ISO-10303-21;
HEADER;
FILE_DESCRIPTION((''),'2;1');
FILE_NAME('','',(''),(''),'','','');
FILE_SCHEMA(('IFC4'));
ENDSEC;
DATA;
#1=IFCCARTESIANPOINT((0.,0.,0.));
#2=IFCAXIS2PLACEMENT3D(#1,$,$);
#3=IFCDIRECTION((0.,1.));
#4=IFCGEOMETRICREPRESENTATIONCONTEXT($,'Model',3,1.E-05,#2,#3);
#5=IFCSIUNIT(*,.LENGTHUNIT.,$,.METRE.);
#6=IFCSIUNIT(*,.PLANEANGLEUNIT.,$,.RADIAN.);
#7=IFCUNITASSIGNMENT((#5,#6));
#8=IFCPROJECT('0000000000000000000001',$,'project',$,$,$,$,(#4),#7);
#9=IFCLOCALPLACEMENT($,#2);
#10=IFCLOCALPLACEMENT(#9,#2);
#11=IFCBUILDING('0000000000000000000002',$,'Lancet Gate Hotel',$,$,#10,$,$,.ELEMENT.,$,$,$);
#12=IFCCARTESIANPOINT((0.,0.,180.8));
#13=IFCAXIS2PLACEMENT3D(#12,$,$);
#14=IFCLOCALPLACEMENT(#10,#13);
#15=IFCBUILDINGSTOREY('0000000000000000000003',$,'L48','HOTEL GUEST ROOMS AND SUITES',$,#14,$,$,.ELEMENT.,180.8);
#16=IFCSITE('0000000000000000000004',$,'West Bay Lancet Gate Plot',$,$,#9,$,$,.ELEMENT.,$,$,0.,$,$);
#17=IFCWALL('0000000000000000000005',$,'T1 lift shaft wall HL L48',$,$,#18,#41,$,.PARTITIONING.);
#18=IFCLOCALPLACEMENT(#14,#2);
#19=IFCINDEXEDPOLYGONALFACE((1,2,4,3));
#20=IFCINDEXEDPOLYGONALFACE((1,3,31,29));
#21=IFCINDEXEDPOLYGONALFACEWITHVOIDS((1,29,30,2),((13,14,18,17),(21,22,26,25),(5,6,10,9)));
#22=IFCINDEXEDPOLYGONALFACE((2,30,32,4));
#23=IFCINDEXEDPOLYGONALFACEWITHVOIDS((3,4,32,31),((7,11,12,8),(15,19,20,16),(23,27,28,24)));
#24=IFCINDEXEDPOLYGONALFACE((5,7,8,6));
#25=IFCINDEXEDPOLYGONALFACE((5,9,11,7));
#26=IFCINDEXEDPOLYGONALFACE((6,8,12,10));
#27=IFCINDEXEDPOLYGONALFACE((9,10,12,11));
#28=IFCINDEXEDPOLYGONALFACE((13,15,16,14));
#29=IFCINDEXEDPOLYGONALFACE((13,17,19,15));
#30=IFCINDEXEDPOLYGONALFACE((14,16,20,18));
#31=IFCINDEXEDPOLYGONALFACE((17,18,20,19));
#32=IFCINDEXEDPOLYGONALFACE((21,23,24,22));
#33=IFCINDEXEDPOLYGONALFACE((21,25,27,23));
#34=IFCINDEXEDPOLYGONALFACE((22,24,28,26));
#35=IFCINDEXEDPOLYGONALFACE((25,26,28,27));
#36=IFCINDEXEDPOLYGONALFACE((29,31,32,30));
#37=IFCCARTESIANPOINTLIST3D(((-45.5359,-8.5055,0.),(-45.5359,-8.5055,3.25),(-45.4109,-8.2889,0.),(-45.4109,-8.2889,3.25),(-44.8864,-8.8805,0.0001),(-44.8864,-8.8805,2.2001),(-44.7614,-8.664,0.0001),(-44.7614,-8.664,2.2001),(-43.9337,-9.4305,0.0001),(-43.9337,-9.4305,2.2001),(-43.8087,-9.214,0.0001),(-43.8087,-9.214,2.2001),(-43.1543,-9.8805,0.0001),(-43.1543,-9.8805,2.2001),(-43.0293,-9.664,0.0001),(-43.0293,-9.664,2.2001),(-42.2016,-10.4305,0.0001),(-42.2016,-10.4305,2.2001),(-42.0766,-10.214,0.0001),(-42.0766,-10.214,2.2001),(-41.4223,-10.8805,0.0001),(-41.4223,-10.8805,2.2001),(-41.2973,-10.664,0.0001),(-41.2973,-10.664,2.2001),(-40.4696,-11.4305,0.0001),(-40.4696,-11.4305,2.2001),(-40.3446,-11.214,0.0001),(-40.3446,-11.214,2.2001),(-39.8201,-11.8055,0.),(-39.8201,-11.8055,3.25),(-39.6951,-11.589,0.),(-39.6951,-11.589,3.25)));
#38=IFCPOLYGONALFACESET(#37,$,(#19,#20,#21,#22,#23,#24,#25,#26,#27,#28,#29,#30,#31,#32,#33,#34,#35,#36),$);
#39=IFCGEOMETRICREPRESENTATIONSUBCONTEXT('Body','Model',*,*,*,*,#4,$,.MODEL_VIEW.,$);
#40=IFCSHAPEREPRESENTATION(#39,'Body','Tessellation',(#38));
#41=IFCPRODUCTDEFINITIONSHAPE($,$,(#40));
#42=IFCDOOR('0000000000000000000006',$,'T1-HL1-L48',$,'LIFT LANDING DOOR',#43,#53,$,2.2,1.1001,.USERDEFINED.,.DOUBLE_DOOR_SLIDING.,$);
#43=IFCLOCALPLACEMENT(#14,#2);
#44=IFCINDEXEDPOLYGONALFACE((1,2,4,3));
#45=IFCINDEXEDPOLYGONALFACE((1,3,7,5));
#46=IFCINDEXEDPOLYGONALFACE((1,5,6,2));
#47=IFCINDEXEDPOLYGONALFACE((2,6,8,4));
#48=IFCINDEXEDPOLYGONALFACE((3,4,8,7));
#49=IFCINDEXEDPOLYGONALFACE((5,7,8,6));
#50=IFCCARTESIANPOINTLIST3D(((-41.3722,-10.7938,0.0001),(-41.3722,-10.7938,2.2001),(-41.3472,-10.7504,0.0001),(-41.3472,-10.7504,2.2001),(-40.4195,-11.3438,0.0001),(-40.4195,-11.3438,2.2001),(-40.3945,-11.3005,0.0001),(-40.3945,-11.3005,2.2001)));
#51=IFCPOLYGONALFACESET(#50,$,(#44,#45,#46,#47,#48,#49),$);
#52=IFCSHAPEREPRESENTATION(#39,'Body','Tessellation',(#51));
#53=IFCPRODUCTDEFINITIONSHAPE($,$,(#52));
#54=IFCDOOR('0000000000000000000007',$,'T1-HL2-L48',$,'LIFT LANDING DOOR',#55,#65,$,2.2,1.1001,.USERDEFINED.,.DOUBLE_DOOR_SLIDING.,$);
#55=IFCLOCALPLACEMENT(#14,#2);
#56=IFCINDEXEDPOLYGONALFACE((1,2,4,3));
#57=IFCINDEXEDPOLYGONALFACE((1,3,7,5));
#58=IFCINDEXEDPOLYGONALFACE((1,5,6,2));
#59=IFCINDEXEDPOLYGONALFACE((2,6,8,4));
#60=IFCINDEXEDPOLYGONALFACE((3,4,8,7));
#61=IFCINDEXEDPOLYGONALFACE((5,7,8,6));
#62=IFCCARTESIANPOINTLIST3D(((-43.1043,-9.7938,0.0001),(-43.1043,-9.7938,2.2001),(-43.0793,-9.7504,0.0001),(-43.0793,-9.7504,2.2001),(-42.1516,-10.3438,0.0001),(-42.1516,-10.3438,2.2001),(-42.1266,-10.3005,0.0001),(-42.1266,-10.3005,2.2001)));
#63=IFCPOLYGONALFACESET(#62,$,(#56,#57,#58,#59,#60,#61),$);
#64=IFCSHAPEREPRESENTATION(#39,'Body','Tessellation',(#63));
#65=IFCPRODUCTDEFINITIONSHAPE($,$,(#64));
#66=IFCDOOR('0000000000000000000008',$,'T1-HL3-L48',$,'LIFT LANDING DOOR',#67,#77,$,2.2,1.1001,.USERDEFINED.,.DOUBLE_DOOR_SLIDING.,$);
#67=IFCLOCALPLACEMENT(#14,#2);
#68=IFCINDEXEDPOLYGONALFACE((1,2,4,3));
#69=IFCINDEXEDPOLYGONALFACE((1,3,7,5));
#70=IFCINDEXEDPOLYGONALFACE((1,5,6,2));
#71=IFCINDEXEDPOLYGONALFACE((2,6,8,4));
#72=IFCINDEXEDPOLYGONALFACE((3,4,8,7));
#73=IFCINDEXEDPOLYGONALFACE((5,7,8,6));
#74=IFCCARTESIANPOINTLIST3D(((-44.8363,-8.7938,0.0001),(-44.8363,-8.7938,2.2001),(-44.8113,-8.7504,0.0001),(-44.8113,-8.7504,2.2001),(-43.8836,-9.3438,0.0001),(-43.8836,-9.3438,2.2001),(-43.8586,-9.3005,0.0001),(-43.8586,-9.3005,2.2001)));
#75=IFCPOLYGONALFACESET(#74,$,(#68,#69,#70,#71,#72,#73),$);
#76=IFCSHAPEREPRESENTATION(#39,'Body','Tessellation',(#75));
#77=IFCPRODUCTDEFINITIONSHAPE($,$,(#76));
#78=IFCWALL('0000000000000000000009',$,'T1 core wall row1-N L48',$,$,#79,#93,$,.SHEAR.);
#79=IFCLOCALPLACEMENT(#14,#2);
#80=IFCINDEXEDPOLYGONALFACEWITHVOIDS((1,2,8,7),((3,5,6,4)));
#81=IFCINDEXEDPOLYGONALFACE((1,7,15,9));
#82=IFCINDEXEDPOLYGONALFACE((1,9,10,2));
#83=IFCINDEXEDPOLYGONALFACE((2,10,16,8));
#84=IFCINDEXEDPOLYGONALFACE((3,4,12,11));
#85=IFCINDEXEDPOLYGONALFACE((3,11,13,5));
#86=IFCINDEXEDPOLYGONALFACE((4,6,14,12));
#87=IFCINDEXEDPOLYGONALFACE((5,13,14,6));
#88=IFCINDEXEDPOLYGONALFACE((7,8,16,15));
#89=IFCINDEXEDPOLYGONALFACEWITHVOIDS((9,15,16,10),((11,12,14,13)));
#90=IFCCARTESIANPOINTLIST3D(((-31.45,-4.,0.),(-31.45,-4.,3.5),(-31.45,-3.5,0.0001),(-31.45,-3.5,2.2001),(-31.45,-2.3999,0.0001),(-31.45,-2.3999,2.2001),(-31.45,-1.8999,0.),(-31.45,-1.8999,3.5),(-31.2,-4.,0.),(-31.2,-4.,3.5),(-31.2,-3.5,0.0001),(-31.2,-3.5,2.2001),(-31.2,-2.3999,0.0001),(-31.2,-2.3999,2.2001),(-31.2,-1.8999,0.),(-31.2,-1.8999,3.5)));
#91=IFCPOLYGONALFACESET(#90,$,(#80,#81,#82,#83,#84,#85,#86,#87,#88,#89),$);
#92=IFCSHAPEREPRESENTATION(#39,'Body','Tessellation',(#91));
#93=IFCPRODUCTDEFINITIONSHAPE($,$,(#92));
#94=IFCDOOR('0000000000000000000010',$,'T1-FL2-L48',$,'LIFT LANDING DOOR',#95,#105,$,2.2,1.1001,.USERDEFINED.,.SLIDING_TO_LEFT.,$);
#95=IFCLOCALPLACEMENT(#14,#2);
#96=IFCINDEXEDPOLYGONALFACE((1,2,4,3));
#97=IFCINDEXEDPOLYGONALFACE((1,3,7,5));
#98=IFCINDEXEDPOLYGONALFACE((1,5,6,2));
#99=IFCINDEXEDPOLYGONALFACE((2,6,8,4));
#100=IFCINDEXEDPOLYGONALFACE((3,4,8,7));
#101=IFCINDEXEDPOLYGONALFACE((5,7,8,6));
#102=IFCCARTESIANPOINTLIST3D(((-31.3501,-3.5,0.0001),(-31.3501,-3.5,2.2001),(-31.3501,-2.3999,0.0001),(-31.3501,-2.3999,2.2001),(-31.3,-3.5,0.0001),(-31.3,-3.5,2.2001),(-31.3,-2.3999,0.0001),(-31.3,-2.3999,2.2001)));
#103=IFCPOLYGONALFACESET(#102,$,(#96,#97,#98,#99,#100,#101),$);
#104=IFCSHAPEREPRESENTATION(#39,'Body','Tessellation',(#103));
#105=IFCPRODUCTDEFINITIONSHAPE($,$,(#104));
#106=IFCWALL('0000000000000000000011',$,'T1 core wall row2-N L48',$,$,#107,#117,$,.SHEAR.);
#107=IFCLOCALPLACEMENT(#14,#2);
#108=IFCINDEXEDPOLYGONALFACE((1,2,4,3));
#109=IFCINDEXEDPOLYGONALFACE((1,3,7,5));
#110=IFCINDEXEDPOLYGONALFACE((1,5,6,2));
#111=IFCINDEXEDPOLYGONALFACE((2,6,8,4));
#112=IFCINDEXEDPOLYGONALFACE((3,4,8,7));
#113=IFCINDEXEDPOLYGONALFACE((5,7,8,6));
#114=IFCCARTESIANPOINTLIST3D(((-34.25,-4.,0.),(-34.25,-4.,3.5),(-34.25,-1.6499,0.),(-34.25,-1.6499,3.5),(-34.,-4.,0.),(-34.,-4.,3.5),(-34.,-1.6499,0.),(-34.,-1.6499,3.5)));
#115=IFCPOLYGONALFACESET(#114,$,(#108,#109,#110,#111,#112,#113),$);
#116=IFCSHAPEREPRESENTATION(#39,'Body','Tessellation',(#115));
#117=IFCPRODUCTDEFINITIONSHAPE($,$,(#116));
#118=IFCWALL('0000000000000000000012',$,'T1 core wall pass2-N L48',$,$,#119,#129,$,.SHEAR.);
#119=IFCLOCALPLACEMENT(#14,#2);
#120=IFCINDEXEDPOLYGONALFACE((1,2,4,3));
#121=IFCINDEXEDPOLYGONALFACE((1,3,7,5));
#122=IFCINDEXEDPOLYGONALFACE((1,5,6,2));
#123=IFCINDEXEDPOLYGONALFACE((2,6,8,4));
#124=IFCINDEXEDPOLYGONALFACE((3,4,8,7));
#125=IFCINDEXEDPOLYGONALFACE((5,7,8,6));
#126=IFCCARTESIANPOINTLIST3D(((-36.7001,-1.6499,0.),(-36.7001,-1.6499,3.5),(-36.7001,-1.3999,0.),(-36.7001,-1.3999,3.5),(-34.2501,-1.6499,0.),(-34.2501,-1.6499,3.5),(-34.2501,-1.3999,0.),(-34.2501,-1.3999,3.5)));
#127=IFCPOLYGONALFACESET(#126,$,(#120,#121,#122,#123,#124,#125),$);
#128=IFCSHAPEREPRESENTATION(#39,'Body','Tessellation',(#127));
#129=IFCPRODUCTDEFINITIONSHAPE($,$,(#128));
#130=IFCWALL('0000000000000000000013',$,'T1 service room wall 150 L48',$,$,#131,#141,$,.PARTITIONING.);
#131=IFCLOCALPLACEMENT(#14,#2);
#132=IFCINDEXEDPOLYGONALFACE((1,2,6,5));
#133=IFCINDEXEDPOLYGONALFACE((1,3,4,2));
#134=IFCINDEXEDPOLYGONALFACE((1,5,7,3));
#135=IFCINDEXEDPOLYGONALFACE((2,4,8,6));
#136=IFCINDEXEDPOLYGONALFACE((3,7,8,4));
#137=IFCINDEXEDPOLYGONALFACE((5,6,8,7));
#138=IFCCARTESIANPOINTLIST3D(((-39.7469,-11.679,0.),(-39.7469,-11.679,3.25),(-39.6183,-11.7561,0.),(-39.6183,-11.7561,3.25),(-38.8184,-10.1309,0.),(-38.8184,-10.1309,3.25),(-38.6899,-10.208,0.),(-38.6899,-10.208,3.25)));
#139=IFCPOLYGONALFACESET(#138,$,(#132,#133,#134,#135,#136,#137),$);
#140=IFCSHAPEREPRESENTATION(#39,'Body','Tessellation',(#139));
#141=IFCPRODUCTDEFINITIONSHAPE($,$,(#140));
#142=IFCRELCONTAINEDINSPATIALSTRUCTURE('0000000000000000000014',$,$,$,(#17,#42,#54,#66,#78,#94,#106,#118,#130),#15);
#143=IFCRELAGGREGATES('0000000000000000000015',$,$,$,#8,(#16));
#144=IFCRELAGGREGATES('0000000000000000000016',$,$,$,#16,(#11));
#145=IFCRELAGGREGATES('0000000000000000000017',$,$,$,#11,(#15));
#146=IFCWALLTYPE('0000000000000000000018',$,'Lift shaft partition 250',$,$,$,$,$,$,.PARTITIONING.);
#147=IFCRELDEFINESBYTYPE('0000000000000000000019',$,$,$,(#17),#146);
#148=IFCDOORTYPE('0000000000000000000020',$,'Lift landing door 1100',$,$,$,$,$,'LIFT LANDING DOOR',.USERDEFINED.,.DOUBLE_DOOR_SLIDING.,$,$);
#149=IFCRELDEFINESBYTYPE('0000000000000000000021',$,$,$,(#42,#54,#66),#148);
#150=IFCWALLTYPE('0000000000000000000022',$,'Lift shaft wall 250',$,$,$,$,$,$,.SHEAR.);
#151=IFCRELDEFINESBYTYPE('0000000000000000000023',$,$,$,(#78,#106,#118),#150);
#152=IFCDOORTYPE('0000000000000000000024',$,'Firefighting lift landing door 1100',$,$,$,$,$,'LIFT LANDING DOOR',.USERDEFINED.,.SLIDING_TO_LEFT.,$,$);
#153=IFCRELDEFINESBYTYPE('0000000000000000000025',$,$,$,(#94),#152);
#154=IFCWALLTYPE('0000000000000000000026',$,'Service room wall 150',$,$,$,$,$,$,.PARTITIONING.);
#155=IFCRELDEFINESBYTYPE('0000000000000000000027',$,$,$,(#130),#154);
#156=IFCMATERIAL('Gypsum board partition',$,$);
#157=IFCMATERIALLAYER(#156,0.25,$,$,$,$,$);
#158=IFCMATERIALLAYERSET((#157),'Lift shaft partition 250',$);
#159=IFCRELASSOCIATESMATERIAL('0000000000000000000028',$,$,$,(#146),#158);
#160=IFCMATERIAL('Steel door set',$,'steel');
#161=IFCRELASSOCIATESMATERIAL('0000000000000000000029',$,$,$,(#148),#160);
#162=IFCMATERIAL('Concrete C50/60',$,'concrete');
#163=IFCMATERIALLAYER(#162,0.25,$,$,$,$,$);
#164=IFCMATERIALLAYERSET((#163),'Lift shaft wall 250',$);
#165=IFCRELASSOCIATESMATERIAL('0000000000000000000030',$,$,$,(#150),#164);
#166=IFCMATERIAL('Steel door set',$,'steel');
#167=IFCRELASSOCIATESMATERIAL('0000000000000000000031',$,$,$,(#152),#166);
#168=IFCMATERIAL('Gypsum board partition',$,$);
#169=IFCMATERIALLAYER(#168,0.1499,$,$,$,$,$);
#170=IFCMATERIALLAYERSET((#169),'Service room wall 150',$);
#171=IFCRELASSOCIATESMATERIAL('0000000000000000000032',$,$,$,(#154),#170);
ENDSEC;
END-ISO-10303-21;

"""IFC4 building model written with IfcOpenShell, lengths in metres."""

from ifc_helpers import new_model, si_unit, direction, frame, frame_2d, origin, place, context, subcontext, project, spatial, rectangle, extrude, material, layer, layer_set, type_object, element, fill, save


model = new_model("IFC4")

# Units and contexts
model_context = context("Model", 3, precision=1e-05, world=origin(), true_north=direction((0.0, 1.0)))
body_context = subcontext(model_context, "Body", "Model", "MODEL_VIEW")
ifc_project = project(units=[si_unit("LENGTHUNIT", "METRE"), si_unit("PLANEANGLEUNIT", "RADIAN")], contexts=[model_context])

# Site, building, storey
site_placement = place(None, origin())
site = spatial("IfcSite", under=ifc_project, at=site_placement, Name="West Bay Lancet Gate Plot", CompositionType="ELEMENT", RefElevation=0.0)
building_placement = place(site_placement, origin())
building = spatial("IfcBuilding", under=site, at=building_placement, Name="Lancet Gate Hotel", CompositionType="ELEMENT")
storey_placement = place(building_placement, frame((0.0, 0.0, 180.8)))
storey = spatial("IfcBuildingStorey", under=building, at=storey_placement, Name="L48", Description="HOTEL GUEST ROOMS AND SUITES", CompositionType="ELEMENT", Elevation=180.8)

# Wall, openings, doors
ifc_material_1 = material(Name="Gypsum board partition")
ifc_layer_1 = layer(ifc_material_1, 0.25)
ifc_layer_set_1 = layer_set([ifc_layer_1], Name="Lift shaft partition 250")
wall_type_1 = type_object("IfcWallType", Name="Lift shaft partition 250", PredefinedType="PARTITIONING", material=ifc_layer_set_1)
wall_1_placement = place(storey_placement, frame((-39.7576, -11.6973, 0.0), z_axis=(0.0, 0.0, 1.0), x_axis=(-0.866024, 0.500002, 0.0)))
wall_1 = element("IfcWall", 1, at=wall_1_placement, inside=storey, type_object=wall_type_1, Name="T1 lift shaft wall HL L48", PredefinedType="PARTITIONING", context=body_context, shape_type="SweptSolid", body=[
    extrude(rectangle(XDim=6.6001, YDim=0.25, at=frame_2d((3.3, 0.0))), origin(), (0.0, 0.0, 1.0), 3.25),
])
opening_1_placement = place(wall_1_placement, frame((0.75, 0.0, 0.0)))
opening_1 = element("IfcOpeningElement", 2, at=opening_1_placement, cuts=wall_1, PredefinedType="OPENING", context=body_context, shape_type="SweptSolid", body=[
    extrude(rectangle(XDim=1.1001, YDim=2.2, at=frame_2d((0.55, 1.1001))), frame((0.0, 0.135, 0.0), z_axis=(0.0, -1.0, 0.0), x_axis=(1.0, 0.0, 0.0)), (0.0, 0.0, 1.0), 0.27),
])
opening_2_placement = place(wall_1_placement, frame((2.75, 0.0, 0.0)))
opening_2 = element("IfcOpeningElement", 3, at=opening_2_placement, cuts=wall_1, PredefinedType="OPENING", context=body_context, shape_type="SweptSolid", body=[
    extrude(rectangle(XDim=1.1001, YDim=2.2, at=frame_2d((0.55, 1.1001))), frame((0.0, 0.135, 0.0), z_axis=(0.0, -1.0, 0.0), x_axis=(1.0, 0.0, 0.0)), (0.0, 0.0, 1.0), 0.27),
])
opening_3_placement = place(wall_1_placement, frame((4.75, 0.0, 0.0)))
opening_3 = element("IfcOpeningElement", 4, at=opening_3_placement, cuts=wall_1, PredefinedType="OPENING", context=body_context, shape_type="SweptSolid", body=[
    extrude(rectangle(XDim=1.1001, YDim=2.2, at=frame_2d((0.55, 1.1001))), frame((0.0, 0.135, 0.0), z_axis=(0.0, -1.0, 0.0), x_axis=(1.0, 0.0, 0.0)), (0.0, 0.0, 1.0), 0.27),
])
ifc_material_2 = material(Name="Steel door set", Category="steel")
door_type_1 = type_object("IfcDoorType", Name="Lift landing door 1100", ElementType="LIFT LANDING DOOR", OperationType="DOUBLE_DOOR_SLIDING", PredefinedType="USERDEFINED", material=ifc_material_2)
door_1_placement = place(opening_1_placement, origin())
door_1 = element("IfcDoor", 5, at=door_1_placement, inside=storey, type_object=door_type_1, Name="T1-HL1-L48", ObjectType="LIFT LANDING DOOR", OperationType="DOUBLE_DOOR_SLIDING", OverallHeight=2.2, OverallWidth=1.1001, PredefinedType="USERDEFINED", context=body_context, shape_type="SweptSolid", body=[
    extrude(rectangle(XDim=1.1001, YDim=2.2, at=frame_2d((0.55, 1.1001))), frame((0.0, 0.0249, 0.0), z_axis=(0.0, -1.0, 0.0), x_axis=(1.0, 0.0, 0.0)), (0.0, 0.0, 1.0), 0.05),
])
fill(opening_1, door_1)
door_2_placement = place(opening_2_placement, origin())
door_2 = element("IfcDoor", 6, at=door_2_placement, inside=storey, type_object=door_type_1, Name="T1-HL2-L48", ObjectType="LIFT LANDING DOOR", OperationType="DOUBLE_DOOR_SLIDING", OverallHeight=2.2, OverallWidth=1.1001, PredefinedType="USERDEFINED", context=body_context, shape_type="SweptSolid", body=[
    extrude(rectangle(XDim=1.1001, YDim=2.2, at=frame_2d((0.55, 1.1001))), frame((0.0, 0.0249, 0.0), z_axis=(0.0, -1.0, 0.0), x_axis=(1.0, 0.0, 0.0)), (0.0, 0.0, 1.0), 0.05),
])
fill(opening_2, door_2)
door_3_placement = place(opening_3_placement, origin())
door_3 = element("IfcDoor", 7, at=door_3_placement, inside=storey, type_object=door_type_1, Name="T1-HL3-L48", ObjectType="LIFT LANDING DOOR", OperationType="DOUBLE_DOOR_SLIDING", OverallHeight=2.2, OverallWidth=1.1001, PredefinedType="USERDEFINED", context=body_context, shape_type="SweptSolid", body=[
    extrude(rectangle(XDim=1.1001, YDim=2.2, at=frame_2d((0.55, 1.1001))), frame((0.0, 0.0249, 0.0), z_axis=(0.0, -1.0, 0.0), x_axis=(1.0, 0.0, 0.0)), (0.0, 0.0, 1.0), 0.05),
])
fill(opening_3, door_3)

# Wall, opening, door
ifc_material_3 = material(Name="Concrete C50/60", Category="concrete")
ifc_layer_2 = layer(ifc_material_3, 0.25)
ifc_layer_set_2 = layer_set([ifc_layer_2], Name="Lift shaft wall 250")
wall_type_2 = type_object("IfcWallType", Name="Lift shaft wall 250", PredefinedType="SHEAR", material=ifc_layer_set_2)
wall_2_placement = place(storey_placement, frame((-31.325, -1.8999, 0.0), z_axis=(0.0, 0.0, 1.0), x_axis=(0.0, -1.0, 0.0)))
wall_2 = element("IfcWall", 8, at=wall_2_placement, inside=storey, type_object=wall_type_2, Name="T1 core wall row1-N L48", PredefinedType="SHEAR", context=body_context, shape_type="SweptSolid", body=[
    extrude(rectangle(XDim=2.1001, YDim=0.25, at=frame_2d((1.05, 0.0))), origin(), (0.0, 0.0, 1.0), 3.5),
])
opening_4_placement = place(wall_2_placement, frame((0.5, 0.0, 0.0)))
opening_4 = element("IfcOpeningElement", 9, at=opening_4_placement, cuts=wall_2, PredefinedType="OPENING", context=body_context, shape_type="SweptSolid", body=[
    extrude(rectangle(XDim=1.1001, YDim=2.2, at=frame_2d((0.55, 1.1001))), frame((0.0, 0.135, 0.0), z_axis=(0.0, -1.0, 0.0), x_axis=(1.0, 0.0, 0.0)), (0.0, 0.0, 1.0), 0.27),
])
ifc_material_4 = material(Name="Steel door set", Category="steel")
door_type_2 = type_object("IfcDoorType", Name="Firefighting lift landing door 1100", ElementType="LIFT LANDING DOOR", OperationType="SLIDING_TO_LEFT", PredefinedType="USERDEFINED", material=ifc_material_4)
door_4_placement = place(opening_4_placement, origin())
door_4 = element("IfcDoor", 10, at=door_4_placement, inside=storey, type_object=door_type_2, Name="T1-FL2-L48", ObjectType="LIFT LANDING DOOR", OperationType="SLIDING_TO_LEFT", OverallHeight=2.2, OverallWidth=1.1001, PredefinedType="USERDEFINED", context=body_context, shape_type="SweptSolid", body=[
    extrude(rectangle(XDim=1.1001, YDim=2.2, at=frame_2d((0.55, 1.1001))), frame((0.0, 0.0249, 0.0), z_axis=(0.0, -1.0, 0.0), x_axis=(1.0, 0.0, 0.0)), (0.0, 0.0, 1.0), 0.05),
])
fill(opening_4, door_4)

# Walls
wall_3_placement = place(storey_placement, frame((-34.125, -1.6499, 0.0), z_axis=(0.0, 0.0, 1.0), x_axis=(0.0, -1.0, 0.0)))
element("IfcWall", 11, at=wall_3_placement, inside=storey, type_object=wall_type_2, Name="T1 core wall row2-N L48", PredefinedType="SHEAR", context=body_context, shape_type="SweptSolid", body=[
    extrude(rectangle(XDim=2.3501, YDim=0.25, at=frame_2d((1.175, 0.0))), origin(), (0.0, 0.0, 1.0), 3.5),
])
wall_4_placement = place(storey_placement, frame((-34.25, -1.5249, 0.0), z_axis=(0.0, 0.0, 1.0), x_axis=(-1.0, 0.0, 0.0)))
element("IfcWall", 12, at=wall_4_placement, inside=storey, type_object=wall_type_2, Name="T1 core wall pass2-N L48", PredefinedType="SHEAR", context=body_context, shape_type="SweptSolid", body=[
    extrude(rectangle(XDim=2.45, YDim=0.25, at=frame_2d((1.2251, 0.0))), origin(), (0.0, 0.0, 1.0), 3.5),
])
ifc_material_5 = material(Name="Gypsum board partition")
ifc_layer_3 = layer(ifc_material_5, 0.1499)
ifc_layer_set_3 = layer_set([ifc_layer_3], Name="Service room wall 150")
wall_type_3 = type_object("IfcWallType", Name="Service room wall 150", PredefinedType="PARTITIONING", material=ifc_layer_set_3)
wall_5_placement = place(storey_placement, frame((-39.6826, -11.7175, 0.0), z_axis=(0.0, 0.0, 1.0), x_axis=(0.514337, 0.857588, 0.0)))
element("IfcWall", 13, at=wall_5_placement, inside=storey, type_object=wall_type_3, Name="T1 service room wall 150 L48", PredefinedType="PARTITIONING", context=body_context, shape_type="SweptSolid", body=[
    extrude(rectangle(XDim=1.8052, YDim=0.1499, at=frame_2d((0.9026, 0.0))), origin(), (0.0, 0.0, 1.0), 3.25),
])

save(model, "model.ifc")
